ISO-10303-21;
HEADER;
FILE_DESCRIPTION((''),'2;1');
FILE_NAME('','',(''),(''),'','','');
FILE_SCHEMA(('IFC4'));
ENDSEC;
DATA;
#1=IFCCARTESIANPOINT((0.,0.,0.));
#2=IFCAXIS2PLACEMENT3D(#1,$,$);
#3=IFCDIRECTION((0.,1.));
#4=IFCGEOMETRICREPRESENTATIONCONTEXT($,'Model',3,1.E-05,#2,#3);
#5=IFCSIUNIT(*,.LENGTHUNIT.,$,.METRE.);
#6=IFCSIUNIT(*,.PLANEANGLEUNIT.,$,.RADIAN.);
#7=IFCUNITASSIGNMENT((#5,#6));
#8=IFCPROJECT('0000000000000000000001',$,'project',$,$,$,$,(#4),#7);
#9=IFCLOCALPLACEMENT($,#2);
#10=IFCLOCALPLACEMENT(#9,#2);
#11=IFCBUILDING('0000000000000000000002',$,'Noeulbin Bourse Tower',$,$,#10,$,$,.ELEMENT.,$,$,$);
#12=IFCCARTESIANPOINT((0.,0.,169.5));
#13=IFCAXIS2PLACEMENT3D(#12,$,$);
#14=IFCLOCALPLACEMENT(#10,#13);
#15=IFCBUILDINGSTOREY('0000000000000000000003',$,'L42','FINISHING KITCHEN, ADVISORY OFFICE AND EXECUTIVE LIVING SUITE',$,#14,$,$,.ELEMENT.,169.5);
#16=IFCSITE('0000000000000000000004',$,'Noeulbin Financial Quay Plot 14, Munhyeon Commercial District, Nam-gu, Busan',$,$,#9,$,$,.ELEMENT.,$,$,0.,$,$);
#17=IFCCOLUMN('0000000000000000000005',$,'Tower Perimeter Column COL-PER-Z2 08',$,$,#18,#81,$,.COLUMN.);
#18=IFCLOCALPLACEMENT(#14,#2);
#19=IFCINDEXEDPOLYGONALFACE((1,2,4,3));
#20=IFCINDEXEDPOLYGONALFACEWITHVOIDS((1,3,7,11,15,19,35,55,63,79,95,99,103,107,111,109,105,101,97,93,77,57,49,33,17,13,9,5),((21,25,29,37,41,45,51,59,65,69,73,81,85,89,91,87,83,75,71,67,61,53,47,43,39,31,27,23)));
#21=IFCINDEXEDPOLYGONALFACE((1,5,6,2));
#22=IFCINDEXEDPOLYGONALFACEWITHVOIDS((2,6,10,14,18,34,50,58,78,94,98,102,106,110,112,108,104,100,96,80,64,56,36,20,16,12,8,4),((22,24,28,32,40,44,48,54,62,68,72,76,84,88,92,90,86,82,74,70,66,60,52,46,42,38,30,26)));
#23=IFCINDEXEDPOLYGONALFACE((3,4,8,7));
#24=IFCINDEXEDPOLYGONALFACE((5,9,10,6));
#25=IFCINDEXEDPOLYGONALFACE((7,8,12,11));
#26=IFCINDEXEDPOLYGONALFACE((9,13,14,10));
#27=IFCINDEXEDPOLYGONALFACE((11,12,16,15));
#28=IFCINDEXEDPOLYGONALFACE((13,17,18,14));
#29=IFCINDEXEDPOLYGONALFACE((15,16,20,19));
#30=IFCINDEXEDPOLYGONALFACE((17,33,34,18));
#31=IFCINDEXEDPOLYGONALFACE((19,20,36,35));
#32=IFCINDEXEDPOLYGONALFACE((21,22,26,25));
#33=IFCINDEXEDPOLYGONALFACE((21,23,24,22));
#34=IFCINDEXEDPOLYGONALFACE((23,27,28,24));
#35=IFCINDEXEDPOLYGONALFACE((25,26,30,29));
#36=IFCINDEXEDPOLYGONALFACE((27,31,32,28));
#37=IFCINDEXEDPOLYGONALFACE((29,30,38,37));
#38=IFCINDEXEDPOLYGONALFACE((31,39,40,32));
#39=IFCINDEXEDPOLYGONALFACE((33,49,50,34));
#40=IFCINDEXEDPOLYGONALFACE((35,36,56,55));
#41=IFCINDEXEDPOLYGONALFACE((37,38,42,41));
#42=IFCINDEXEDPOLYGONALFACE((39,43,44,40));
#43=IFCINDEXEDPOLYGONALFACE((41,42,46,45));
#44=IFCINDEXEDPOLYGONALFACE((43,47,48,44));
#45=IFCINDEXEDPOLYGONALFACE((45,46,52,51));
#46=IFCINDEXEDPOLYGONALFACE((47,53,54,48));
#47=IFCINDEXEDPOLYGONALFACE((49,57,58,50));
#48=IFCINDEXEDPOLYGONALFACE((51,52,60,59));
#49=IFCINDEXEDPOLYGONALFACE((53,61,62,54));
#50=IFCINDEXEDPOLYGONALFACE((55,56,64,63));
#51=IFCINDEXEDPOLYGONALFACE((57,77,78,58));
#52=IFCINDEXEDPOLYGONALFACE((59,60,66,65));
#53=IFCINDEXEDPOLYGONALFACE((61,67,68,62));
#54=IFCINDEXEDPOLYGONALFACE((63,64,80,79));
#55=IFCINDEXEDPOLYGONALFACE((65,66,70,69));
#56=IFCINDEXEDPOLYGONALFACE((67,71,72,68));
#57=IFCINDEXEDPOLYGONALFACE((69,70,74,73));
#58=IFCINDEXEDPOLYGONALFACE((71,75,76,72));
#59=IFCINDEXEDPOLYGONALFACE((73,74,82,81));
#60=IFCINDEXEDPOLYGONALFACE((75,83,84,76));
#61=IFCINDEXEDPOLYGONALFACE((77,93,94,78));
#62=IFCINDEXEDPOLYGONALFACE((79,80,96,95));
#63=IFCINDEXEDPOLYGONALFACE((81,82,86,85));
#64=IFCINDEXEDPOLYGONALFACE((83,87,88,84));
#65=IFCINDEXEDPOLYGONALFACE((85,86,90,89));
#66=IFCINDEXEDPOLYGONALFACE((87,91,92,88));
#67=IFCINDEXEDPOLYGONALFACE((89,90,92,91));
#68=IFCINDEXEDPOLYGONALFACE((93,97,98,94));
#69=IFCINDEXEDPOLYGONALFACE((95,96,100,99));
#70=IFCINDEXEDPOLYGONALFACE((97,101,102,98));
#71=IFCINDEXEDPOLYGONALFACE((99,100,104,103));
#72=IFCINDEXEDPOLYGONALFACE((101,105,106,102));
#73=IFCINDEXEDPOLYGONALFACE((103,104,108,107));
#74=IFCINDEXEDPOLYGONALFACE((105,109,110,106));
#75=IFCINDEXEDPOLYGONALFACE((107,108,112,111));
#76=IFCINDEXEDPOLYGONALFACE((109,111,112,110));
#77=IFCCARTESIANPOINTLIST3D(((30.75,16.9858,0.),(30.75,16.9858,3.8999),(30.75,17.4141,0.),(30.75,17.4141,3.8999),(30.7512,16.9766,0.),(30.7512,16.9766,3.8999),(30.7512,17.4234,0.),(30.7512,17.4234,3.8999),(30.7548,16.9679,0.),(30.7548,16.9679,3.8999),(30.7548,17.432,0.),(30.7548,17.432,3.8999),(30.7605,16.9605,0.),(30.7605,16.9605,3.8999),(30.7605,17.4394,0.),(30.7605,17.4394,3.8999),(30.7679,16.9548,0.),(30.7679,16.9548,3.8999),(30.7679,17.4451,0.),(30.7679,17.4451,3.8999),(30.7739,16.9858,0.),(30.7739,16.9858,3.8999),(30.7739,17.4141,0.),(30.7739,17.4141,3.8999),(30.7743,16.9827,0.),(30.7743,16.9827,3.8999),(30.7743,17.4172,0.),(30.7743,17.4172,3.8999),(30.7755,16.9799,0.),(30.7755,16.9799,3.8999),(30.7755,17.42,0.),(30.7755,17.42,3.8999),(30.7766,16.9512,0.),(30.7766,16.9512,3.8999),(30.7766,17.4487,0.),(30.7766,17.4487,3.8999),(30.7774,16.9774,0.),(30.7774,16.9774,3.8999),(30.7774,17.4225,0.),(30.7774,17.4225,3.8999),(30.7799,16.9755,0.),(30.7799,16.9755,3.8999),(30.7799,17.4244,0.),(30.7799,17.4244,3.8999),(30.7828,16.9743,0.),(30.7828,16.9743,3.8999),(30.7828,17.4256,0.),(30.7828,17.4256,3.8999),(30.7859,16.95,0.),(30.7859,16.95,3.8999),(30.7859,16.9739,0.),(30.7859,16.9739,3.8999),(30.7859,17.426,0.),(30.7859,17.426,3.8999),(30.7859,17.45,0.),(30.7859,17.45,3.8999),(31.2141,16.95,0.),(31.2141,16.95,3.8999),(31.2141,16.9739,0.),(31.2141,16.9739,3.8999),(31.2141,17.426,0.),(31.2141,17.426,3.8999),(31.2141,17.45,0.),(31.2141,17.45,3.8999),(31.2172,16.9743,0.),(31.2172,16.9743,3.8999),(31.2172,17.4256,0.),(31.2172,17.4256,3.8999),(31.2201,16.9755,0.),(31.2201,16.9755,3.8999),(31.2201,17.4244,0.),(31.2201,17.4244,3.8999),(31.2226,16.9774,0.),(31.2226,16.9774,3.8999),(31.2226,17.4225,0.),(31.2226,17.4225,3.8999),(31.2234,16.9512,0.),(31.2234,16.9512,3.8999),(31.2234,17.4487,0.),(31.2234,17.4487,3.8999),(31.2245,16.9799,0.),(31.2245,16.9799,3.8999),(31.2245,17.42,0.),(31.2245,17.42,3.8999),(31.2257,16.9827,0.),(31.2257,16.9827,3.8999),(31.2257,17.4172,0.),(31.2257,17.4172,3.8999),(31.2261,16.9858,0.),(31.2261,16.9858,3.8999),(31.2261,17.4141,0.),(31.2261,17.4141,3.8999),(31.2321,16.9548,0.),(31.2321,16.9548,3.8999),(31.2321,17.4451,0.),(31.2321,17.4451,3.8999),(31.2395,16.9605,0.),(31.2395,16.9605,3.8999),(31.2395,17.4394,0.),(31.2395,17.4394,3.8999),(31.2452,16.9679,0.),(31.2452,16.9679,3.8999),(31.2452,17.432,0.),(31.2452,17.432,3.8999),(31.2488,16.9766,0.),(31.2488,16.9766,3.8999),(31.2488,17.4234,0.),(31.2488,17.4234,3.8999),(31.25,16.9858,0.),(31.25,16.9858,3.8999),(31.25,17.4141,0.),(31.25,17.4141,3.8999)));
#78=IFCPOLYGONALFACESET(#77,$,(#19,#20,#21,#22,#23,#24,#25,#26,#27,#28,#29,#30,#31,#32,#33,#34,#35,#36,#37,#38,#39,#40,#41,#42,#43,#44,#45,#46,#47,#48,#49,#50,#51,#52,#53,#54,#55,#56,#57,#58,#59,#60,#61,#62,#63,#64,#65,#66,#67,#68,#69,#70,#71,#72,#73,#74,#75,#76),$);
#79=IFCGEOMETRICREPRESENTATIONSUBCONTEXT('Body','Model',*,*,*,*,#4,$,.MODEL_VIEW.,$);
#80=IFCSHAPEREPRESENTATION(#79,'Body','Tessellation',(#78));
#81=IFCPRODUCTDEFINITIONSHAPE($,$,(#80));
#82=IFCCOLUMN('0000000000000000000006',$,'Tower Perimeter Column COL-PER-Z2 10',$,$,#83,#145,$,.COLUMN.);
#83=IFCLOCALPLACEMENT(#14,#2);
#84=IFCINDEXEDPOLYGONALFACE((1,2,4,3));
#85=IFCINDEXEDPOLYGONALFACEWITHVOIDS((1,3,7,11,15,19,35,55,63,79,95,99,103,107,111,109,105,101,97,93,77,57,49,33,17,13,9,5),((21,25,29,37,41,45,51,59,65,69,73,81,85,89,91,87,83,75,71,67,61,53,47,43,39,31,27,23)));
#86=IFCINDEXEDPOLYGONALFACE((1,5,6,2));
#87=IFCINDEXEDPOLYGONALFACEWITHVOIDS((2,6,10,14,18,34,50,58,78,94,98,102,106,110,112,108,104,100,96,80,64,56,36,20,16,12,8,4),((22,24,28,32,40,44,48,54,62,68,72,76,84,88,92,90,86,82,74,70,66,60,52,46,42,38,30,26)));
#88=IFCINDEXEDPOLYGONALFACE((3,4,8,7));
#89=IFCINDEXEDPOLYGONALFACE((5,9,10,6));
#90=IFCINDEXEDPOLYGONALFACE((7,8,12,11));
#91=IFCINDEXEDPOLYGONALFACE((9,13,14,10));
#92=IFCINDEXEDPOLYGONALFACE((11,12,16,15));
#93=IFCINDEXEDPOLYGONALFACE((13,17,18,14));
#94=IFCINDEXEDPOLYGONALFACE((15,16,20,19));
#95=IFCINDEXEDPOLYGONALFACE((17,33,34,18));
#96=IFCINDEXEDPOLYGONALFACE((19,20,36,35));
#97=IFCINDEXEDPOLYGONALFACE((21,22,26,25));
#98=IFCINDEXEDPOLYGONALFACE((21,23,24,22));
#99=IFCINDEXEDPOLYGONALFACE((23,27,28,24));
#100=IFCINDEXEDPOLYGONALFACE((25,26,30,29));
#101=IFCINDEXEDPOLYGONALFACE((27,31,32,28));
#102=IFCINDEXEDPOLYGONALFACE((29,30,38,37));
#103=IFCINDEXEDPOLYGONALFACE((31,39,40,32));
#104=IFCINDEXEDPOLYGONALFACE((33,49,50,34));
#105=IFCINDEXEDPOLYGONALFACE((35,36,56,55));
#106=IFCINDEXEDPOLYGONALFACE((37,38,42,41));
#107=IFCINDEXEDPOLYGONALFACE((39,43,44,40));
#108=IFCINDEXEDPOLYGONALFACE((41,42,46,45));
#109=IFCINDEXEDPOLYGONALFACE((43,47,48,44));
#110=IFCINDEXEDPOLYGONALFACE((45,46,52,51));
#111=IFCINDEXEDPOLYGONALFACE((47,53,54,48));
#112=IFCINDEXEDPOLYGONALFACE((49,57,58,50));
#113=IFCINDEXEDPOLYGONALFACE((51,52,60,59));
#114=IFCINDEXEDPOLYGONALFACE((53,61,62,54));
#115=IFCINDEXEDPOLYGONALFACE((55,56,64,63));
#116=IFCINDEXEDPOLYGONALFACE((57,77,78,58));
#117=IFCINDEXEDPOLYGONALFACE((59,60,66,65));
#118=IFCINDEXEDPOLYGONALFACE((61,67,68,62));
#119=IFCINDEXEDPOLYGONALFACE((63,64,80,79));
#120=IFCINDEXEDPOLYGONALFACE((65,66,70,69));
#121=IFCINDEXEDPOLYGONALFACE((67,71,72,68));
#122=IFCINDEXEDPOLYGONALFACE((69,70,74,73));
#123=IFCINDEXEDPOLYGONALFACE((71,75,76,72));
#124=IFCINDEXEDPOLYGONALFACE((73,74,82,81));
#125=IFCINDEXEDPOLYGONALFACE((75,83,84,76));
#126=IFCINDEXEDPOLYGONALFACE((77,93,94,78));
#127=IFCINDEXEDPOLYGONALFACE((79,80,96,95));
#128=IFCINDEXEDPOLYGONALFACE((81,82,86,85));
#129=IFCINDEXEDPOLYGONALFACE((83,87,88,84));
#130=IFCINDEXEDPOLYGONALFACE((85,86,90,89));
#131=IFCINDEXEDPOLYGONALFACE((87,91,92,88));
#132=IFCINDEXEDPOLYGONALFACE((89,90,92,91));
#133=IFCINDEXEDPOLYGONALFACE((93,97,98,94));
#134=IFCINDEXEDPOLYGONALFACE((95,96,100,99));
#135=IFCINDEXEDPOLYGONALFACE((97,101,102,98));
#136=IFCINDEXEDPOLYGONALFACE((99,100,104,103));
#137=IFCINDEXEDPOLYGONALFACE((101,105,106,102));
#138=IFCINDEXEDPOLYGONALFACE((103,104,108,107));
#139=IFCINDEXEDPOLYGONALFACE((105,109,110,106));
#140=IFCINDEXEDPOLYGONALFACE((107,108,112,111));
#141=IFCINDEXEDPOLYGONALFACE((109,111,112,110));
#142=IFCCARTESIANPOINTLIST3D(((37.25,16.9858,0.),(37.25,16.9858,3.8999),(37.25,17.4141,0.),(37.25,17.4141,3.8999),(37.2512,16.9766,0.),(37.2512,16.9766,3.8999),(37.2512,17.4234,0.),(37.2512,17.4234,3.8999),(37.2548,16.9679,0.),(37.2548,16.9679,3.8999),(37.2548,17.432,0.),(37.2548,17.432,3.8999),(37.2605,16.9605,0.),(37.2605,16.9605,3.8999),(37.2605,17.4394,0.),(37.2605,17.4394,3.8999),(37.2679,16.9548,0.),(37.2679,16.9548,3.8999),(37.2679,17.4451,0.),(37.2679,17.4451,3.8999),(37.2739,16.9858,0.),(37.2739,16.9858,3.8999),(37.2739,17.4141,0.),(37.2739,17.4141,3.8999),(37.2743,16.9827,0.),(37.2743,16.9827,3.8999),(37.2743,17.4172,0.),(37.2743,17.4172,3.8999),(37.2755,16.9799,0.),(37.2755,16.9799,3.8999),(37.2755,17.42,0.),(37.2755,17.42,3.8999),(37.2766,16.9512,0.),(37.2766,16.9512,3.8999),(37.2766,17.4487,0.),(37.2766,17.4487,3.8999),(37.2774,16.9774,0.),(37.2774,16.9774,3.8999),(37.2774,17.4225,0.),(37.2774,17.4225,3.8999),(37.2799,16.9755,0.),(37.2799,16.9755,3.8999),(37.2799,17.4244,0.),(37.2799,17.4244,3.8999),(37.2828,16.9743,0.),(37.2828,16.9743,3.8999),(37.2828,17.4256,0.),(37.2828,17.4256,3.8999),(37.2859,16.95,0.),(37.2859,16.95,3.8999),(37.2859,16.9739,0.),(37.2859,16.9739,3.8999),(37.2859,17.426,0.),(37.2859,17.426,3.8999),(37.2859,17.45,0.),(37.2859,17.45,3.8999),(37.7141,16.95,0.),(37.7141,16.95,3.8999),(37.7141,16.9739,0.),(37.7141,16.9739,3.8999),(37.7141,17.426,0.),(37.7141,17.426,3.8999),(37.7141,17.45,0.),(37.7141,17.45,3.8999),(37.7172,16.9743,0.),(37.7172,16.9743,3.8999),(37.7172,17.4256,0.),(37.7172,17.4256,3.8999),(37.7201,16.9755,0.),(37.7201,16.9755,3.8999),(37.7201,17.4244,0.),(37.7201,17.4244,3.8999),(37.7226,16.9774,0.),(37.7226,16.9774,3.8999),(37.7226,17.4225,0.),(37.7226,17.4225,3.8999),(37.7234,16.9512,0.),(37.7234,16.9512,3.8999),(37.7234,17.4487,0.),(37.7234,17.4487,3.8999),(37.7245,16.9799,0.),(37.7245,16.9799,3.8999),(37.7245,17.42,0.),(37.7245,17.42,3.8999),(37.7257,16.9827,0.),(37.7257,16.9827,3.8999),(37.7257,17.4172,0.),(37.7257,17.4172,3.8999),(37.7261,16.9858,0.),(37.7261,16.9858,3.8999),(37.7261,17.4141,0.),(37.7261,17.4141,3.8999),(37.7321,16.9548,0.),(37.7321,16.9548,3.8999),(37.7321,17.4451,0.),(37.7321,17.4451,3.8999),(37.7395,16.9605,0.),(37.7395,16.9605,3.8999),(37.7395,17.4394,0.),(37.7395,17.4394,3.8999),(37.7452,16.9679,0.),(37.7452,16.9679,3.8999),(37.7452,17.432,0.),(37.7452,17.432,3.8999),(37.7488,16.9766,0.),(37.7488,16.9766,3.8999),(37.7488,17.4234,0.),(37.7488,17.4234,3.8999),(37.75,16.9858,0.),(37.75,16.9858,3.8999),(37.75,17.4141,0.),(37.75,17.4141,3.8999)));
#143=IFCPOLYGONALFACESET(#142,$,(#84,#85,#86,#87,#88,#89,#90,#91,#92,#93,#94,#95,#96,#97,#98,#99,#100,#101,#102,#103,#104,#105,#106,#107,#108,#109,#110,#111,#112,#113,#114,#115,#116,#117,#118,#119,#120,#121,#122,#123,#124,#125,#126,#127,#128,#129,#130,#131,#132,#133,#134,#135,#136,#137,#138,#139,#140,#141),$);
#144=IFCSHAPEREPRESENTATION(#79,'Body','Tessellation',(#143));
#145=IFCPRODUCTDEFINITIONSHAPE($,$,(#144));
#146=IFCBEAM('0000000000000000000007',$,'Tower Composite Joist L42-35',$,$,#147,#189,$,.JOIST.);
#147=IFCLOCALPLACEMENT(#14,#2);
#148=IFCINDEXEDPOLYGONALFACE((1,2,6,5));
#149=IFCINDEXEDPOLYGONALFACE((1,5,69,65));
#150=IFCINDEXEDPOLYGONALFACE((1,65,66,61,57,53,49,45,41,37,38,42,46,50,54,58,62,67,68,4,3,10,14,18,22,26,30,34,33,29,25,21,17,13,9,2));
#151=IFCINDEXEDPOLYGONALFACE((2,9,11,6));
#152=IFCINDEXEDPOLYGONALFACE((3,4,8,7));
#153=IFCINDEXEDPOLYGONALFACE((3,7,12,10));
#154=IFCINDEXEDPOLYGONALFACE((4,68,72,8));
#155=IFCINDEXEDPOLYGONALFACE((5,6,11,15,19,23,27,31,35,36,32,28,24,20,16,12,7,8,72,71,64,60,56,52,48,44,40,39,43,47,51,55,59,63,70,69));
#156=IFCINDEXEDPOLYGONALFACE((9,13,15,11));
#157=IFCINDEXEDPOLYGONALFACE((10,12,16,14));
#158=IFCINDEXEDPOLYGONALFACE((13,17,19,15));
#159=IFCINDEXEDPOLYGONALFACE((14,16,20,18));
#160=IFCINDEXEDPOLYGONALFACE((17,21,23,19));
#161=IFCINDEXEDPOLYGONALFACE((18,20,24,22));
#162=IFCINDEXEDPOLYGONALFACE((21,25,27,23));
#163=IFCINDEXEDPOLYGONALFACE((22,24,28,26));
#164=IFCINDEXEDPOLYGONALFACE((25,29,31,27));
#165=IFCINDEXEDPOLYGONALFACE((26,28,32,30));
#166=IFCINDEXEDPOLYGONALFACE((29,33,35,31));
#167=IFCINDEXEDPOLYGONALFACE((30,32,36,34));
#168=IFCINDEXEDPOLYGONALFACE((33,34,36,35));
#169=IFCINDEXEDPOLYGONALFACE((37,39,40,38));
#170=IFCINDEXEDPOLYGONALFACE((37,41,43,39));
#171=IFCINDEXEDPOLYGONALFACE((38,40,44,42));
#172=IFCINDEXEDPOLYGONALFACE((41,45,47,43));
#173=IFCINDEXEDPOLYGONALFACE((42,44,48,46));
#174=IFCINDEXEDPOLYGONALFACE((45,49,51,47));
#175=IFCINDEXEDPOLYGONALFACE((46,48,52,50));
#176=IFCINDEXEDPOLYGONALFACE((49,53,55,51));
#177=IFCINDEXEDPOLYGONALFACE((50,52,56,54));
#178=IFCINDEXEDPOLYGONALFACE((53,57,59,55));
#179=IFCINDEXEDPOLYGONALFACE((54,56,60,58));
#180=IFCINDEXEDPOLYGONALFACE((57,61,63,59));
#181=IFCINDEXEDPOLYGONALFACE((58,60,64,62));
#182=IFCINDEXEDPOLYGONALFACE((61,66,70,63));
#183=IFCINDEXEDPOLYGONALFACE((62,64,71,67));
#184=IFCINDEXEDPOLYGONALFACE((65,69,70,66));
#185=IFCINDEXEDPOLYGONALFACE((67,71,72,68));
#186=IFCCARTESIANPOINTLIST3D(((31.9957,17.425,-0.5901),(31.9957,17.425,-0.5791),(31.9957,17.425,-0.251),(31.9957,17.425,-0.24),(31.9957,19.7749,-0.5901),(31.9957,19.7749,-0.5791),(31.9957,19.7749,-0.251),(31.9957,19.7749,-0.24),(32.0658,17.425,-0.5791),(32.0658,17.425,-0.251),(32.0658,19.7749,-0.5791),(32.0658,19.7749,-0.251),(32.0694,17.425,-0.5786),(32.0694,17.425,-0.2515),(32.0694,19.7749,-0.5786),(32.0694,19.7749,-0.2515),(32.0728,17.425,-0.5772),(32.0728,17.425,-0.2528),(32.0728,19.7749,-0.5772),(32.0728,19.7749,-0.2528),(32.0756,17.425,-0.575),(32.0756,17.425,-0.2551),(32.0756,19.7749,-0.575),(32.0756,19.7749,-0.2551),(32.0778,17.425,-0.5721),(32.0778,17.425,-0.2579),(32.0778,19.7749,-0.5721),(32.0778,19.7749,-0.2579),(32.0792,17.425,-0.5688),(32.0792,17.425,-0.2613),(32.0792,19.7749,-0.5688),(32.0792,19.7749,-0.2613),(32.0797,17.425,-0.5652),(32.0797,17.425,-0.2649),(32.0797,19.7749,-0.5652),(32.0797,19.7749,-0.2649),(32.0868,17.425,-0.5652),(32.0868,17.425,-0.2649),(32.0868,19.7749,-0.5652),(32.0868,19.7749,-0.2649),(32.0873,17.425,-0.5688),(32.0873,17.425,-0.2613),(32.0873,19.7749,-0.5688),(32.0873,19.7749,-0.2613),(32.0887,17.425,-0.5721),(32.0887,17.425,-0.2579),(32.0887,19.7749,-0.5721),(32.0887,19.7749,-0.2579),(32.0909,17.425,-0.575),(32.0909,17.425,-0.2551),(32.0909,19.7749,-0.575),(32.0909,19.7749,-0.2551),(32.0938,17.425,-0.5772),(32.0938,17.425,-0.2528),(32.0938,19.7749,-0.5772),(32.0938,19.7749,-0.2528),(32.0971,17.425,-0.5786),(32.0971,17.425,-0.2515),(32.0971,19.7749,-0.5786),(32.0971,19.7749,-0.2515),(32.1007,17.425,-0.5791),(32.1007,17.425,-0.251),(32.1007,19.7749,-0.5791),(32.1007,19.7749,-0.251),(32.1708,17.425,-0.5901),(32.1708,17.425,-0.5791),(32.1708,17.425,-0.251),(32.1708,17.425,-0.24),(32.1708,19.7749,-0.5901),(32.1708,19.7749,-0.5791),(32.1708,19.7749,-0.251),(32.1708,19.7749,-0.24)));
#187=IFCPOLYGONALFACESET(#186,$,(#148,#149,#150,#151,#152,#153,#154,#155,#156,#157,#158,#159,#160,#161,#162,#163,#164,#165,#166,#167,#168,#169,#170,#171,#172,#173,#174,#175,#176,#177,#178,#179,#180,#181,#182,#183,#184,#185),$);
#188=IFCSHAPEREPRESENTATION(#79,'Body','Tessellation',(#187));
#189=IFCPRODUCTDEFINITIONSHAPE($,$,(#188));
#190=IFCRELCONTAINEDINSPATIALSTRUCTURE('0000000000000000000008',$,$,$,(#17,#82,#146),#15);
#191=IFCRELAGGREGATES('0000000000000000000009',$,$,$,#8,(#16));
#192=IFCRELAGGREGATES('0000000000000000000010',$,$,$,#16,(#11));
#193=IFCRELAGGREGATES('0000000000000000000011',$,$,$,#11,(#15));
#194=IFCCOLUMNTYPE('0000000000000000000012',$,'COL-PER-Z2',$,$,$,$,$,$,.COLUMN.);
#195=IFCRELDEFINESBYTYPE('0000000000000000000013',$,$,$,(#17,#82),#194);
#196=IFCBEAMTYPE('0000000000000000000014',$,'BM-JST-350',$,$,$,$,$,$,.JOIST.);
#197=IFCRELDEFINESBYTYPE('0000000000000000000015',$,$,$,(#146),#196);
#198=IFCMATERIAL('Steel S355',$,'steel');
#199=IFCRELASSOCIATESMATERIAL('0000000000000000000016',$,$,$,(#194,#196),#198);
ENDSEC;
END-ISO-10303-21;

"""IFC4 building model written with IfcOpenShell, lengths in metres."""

from ifc_helpers import new_model, si_unit, direction, frame, origin, origin_2d, place, context, subcontext, project, spatial, hollow_rectangle, i_section, extrude, material, material_profile, profile_set, type_object, element, save


model = new_model("IFC4")

# Units and contexts
model_context = context("Model", 3, precision=1e-05, world=origin(), true_north=direction((0.0, 1.0)))
body_context = subcontext(model_context, "Body", "Model", "MODEL_VIEW")
ifc_project = project(units=[si_unit("LENGTHUNIT", "METRE"), si_unit("PLANEANGLEUNIT", "RADIAN")], contexts=[model_context])

# Site, building, storey
site_placement = place(None, origin())
site = spatial("IfcSite", under=ifc_project, at=site_placement, Name="Noeulbin Financial Quay Plot 14, Munhyeon Commercial District, Nam-gu, Busan", CompositionType="ELEMENT", RefElevation=0.0)
building_placement = place(site_placement, origin())
building = spatial("IfcBuilding", under=site, at=building_placement, Name="Noeulbin Bourse Tower", CompositionType="ELEMENT")
storey_placement = place(building_placement, frame((0.0, 0.0, 169.5)))
storey = spatial("IfcBuildingStorey", under=building, at=storey_placement, Name="L42", Description="FINISHING KITCHEN, ADVISORY OFFICE AND EXECUTIVE LIVING SUITE", CompositionType="ELEMENT", Elevation=169.5)

# Columns
ifc_material_1 = material(Name="Steel S355", Category="steel")
ifc_material_profile_1 = material_profile(ifc_material_1, hollow_rectangle(XDim=0.5, YDim=0.5, WallThickness=0.0239, InnerFilletRadius=0.012, OuterFilletRadius=0.0359, at=origin_2d()), Name="BOX-500x500x24", Category="LoadBearing")
ifc_profile_set_1 = profile_set([ifc_material_profile_1], Name="Steel S355")
column_type = type_object("IfcColumnType", Name="COL-PER-Z2", PredefinedType="COLUMN", material=ifc_profile_set_1)
for number, where, z_axis, x_axis, name in (
    (1, (31.0, 17.2, 0.0), (0.0, 0.0, 1.0), (1.0, 0.0, 0.0), "Tower Perimeter Column COL-PER-Z2 08"),
    (2, (37.5, 17.2, 0.0), (0.0, 0.0, 1.0), (1.0, 0.0, 0.0), "Tower Perimeter Column COL-PER-Z2 10"),
):
    element("IfcColumn", number, at=place(storey_placement, frame(where, z_axis=z_axis, x_axis=x_axis)), inside=storey, type_object=column_type, Name=name, PredefinedType="COLUMN", context=body_context, shape_type="SweptSolid", body=[
        extrude(hollow_rectangle(XDim=0.5, YDim=0.5, WallThickness=0.0239, InnerFilletRadius=0.012, OuterFilletRadius=0.0359, at=origin_2d()), origin(), (0.0, 0.0, 1.0), 3.8999),
    ])

# Beam
ifc_material_profile_2 = material_profile(ifc_material_1, i_section(OverallWidth=0.175, OverallDepth=0.3501, WebThickness=0.0071, FlangeThickness=0.011, FilletRadius=0.0139, at=origin_2d()), Name="H-350x175x7x11", Category="LoadBearing")
ifc_profile_set_2 = profile_set([ifc_material_profile_2], Name="Steel S355")
beam_type_1 = type_object("IfcBeamType", Name="BM-JST-350", PredefinedType="JOIST", material=ifc_profile_set_2)
for number, where, z_axis, x_axis, name in (
    (3, (32.0833, 17.425, -0.415), (0.0, 1.0, 0.0), (-1.0, 0.0, 0.0), "Tower Composite Joist L42-35"),
):
    element("IfcBeam", number, at=place(storey_placement, frame(where, z_axis=z_axis, x_axis=x_axis)), inside=storey, type_object=beam_type_1, Name=name, PredefinedType="JOIST", context=body_context, shape_type="SweptSolid", body=[
        extrude(i_section(OverallWidth=0.175, OverallDepth=0.3501, WebThickness=0.0071, FlangeThickness=0.011, FilletRadius=0.0139, at=origin_2d()), origin(), (0.0, 0.0, 1.0), 2.3499),
    ])

save(model, "model.ifc")
